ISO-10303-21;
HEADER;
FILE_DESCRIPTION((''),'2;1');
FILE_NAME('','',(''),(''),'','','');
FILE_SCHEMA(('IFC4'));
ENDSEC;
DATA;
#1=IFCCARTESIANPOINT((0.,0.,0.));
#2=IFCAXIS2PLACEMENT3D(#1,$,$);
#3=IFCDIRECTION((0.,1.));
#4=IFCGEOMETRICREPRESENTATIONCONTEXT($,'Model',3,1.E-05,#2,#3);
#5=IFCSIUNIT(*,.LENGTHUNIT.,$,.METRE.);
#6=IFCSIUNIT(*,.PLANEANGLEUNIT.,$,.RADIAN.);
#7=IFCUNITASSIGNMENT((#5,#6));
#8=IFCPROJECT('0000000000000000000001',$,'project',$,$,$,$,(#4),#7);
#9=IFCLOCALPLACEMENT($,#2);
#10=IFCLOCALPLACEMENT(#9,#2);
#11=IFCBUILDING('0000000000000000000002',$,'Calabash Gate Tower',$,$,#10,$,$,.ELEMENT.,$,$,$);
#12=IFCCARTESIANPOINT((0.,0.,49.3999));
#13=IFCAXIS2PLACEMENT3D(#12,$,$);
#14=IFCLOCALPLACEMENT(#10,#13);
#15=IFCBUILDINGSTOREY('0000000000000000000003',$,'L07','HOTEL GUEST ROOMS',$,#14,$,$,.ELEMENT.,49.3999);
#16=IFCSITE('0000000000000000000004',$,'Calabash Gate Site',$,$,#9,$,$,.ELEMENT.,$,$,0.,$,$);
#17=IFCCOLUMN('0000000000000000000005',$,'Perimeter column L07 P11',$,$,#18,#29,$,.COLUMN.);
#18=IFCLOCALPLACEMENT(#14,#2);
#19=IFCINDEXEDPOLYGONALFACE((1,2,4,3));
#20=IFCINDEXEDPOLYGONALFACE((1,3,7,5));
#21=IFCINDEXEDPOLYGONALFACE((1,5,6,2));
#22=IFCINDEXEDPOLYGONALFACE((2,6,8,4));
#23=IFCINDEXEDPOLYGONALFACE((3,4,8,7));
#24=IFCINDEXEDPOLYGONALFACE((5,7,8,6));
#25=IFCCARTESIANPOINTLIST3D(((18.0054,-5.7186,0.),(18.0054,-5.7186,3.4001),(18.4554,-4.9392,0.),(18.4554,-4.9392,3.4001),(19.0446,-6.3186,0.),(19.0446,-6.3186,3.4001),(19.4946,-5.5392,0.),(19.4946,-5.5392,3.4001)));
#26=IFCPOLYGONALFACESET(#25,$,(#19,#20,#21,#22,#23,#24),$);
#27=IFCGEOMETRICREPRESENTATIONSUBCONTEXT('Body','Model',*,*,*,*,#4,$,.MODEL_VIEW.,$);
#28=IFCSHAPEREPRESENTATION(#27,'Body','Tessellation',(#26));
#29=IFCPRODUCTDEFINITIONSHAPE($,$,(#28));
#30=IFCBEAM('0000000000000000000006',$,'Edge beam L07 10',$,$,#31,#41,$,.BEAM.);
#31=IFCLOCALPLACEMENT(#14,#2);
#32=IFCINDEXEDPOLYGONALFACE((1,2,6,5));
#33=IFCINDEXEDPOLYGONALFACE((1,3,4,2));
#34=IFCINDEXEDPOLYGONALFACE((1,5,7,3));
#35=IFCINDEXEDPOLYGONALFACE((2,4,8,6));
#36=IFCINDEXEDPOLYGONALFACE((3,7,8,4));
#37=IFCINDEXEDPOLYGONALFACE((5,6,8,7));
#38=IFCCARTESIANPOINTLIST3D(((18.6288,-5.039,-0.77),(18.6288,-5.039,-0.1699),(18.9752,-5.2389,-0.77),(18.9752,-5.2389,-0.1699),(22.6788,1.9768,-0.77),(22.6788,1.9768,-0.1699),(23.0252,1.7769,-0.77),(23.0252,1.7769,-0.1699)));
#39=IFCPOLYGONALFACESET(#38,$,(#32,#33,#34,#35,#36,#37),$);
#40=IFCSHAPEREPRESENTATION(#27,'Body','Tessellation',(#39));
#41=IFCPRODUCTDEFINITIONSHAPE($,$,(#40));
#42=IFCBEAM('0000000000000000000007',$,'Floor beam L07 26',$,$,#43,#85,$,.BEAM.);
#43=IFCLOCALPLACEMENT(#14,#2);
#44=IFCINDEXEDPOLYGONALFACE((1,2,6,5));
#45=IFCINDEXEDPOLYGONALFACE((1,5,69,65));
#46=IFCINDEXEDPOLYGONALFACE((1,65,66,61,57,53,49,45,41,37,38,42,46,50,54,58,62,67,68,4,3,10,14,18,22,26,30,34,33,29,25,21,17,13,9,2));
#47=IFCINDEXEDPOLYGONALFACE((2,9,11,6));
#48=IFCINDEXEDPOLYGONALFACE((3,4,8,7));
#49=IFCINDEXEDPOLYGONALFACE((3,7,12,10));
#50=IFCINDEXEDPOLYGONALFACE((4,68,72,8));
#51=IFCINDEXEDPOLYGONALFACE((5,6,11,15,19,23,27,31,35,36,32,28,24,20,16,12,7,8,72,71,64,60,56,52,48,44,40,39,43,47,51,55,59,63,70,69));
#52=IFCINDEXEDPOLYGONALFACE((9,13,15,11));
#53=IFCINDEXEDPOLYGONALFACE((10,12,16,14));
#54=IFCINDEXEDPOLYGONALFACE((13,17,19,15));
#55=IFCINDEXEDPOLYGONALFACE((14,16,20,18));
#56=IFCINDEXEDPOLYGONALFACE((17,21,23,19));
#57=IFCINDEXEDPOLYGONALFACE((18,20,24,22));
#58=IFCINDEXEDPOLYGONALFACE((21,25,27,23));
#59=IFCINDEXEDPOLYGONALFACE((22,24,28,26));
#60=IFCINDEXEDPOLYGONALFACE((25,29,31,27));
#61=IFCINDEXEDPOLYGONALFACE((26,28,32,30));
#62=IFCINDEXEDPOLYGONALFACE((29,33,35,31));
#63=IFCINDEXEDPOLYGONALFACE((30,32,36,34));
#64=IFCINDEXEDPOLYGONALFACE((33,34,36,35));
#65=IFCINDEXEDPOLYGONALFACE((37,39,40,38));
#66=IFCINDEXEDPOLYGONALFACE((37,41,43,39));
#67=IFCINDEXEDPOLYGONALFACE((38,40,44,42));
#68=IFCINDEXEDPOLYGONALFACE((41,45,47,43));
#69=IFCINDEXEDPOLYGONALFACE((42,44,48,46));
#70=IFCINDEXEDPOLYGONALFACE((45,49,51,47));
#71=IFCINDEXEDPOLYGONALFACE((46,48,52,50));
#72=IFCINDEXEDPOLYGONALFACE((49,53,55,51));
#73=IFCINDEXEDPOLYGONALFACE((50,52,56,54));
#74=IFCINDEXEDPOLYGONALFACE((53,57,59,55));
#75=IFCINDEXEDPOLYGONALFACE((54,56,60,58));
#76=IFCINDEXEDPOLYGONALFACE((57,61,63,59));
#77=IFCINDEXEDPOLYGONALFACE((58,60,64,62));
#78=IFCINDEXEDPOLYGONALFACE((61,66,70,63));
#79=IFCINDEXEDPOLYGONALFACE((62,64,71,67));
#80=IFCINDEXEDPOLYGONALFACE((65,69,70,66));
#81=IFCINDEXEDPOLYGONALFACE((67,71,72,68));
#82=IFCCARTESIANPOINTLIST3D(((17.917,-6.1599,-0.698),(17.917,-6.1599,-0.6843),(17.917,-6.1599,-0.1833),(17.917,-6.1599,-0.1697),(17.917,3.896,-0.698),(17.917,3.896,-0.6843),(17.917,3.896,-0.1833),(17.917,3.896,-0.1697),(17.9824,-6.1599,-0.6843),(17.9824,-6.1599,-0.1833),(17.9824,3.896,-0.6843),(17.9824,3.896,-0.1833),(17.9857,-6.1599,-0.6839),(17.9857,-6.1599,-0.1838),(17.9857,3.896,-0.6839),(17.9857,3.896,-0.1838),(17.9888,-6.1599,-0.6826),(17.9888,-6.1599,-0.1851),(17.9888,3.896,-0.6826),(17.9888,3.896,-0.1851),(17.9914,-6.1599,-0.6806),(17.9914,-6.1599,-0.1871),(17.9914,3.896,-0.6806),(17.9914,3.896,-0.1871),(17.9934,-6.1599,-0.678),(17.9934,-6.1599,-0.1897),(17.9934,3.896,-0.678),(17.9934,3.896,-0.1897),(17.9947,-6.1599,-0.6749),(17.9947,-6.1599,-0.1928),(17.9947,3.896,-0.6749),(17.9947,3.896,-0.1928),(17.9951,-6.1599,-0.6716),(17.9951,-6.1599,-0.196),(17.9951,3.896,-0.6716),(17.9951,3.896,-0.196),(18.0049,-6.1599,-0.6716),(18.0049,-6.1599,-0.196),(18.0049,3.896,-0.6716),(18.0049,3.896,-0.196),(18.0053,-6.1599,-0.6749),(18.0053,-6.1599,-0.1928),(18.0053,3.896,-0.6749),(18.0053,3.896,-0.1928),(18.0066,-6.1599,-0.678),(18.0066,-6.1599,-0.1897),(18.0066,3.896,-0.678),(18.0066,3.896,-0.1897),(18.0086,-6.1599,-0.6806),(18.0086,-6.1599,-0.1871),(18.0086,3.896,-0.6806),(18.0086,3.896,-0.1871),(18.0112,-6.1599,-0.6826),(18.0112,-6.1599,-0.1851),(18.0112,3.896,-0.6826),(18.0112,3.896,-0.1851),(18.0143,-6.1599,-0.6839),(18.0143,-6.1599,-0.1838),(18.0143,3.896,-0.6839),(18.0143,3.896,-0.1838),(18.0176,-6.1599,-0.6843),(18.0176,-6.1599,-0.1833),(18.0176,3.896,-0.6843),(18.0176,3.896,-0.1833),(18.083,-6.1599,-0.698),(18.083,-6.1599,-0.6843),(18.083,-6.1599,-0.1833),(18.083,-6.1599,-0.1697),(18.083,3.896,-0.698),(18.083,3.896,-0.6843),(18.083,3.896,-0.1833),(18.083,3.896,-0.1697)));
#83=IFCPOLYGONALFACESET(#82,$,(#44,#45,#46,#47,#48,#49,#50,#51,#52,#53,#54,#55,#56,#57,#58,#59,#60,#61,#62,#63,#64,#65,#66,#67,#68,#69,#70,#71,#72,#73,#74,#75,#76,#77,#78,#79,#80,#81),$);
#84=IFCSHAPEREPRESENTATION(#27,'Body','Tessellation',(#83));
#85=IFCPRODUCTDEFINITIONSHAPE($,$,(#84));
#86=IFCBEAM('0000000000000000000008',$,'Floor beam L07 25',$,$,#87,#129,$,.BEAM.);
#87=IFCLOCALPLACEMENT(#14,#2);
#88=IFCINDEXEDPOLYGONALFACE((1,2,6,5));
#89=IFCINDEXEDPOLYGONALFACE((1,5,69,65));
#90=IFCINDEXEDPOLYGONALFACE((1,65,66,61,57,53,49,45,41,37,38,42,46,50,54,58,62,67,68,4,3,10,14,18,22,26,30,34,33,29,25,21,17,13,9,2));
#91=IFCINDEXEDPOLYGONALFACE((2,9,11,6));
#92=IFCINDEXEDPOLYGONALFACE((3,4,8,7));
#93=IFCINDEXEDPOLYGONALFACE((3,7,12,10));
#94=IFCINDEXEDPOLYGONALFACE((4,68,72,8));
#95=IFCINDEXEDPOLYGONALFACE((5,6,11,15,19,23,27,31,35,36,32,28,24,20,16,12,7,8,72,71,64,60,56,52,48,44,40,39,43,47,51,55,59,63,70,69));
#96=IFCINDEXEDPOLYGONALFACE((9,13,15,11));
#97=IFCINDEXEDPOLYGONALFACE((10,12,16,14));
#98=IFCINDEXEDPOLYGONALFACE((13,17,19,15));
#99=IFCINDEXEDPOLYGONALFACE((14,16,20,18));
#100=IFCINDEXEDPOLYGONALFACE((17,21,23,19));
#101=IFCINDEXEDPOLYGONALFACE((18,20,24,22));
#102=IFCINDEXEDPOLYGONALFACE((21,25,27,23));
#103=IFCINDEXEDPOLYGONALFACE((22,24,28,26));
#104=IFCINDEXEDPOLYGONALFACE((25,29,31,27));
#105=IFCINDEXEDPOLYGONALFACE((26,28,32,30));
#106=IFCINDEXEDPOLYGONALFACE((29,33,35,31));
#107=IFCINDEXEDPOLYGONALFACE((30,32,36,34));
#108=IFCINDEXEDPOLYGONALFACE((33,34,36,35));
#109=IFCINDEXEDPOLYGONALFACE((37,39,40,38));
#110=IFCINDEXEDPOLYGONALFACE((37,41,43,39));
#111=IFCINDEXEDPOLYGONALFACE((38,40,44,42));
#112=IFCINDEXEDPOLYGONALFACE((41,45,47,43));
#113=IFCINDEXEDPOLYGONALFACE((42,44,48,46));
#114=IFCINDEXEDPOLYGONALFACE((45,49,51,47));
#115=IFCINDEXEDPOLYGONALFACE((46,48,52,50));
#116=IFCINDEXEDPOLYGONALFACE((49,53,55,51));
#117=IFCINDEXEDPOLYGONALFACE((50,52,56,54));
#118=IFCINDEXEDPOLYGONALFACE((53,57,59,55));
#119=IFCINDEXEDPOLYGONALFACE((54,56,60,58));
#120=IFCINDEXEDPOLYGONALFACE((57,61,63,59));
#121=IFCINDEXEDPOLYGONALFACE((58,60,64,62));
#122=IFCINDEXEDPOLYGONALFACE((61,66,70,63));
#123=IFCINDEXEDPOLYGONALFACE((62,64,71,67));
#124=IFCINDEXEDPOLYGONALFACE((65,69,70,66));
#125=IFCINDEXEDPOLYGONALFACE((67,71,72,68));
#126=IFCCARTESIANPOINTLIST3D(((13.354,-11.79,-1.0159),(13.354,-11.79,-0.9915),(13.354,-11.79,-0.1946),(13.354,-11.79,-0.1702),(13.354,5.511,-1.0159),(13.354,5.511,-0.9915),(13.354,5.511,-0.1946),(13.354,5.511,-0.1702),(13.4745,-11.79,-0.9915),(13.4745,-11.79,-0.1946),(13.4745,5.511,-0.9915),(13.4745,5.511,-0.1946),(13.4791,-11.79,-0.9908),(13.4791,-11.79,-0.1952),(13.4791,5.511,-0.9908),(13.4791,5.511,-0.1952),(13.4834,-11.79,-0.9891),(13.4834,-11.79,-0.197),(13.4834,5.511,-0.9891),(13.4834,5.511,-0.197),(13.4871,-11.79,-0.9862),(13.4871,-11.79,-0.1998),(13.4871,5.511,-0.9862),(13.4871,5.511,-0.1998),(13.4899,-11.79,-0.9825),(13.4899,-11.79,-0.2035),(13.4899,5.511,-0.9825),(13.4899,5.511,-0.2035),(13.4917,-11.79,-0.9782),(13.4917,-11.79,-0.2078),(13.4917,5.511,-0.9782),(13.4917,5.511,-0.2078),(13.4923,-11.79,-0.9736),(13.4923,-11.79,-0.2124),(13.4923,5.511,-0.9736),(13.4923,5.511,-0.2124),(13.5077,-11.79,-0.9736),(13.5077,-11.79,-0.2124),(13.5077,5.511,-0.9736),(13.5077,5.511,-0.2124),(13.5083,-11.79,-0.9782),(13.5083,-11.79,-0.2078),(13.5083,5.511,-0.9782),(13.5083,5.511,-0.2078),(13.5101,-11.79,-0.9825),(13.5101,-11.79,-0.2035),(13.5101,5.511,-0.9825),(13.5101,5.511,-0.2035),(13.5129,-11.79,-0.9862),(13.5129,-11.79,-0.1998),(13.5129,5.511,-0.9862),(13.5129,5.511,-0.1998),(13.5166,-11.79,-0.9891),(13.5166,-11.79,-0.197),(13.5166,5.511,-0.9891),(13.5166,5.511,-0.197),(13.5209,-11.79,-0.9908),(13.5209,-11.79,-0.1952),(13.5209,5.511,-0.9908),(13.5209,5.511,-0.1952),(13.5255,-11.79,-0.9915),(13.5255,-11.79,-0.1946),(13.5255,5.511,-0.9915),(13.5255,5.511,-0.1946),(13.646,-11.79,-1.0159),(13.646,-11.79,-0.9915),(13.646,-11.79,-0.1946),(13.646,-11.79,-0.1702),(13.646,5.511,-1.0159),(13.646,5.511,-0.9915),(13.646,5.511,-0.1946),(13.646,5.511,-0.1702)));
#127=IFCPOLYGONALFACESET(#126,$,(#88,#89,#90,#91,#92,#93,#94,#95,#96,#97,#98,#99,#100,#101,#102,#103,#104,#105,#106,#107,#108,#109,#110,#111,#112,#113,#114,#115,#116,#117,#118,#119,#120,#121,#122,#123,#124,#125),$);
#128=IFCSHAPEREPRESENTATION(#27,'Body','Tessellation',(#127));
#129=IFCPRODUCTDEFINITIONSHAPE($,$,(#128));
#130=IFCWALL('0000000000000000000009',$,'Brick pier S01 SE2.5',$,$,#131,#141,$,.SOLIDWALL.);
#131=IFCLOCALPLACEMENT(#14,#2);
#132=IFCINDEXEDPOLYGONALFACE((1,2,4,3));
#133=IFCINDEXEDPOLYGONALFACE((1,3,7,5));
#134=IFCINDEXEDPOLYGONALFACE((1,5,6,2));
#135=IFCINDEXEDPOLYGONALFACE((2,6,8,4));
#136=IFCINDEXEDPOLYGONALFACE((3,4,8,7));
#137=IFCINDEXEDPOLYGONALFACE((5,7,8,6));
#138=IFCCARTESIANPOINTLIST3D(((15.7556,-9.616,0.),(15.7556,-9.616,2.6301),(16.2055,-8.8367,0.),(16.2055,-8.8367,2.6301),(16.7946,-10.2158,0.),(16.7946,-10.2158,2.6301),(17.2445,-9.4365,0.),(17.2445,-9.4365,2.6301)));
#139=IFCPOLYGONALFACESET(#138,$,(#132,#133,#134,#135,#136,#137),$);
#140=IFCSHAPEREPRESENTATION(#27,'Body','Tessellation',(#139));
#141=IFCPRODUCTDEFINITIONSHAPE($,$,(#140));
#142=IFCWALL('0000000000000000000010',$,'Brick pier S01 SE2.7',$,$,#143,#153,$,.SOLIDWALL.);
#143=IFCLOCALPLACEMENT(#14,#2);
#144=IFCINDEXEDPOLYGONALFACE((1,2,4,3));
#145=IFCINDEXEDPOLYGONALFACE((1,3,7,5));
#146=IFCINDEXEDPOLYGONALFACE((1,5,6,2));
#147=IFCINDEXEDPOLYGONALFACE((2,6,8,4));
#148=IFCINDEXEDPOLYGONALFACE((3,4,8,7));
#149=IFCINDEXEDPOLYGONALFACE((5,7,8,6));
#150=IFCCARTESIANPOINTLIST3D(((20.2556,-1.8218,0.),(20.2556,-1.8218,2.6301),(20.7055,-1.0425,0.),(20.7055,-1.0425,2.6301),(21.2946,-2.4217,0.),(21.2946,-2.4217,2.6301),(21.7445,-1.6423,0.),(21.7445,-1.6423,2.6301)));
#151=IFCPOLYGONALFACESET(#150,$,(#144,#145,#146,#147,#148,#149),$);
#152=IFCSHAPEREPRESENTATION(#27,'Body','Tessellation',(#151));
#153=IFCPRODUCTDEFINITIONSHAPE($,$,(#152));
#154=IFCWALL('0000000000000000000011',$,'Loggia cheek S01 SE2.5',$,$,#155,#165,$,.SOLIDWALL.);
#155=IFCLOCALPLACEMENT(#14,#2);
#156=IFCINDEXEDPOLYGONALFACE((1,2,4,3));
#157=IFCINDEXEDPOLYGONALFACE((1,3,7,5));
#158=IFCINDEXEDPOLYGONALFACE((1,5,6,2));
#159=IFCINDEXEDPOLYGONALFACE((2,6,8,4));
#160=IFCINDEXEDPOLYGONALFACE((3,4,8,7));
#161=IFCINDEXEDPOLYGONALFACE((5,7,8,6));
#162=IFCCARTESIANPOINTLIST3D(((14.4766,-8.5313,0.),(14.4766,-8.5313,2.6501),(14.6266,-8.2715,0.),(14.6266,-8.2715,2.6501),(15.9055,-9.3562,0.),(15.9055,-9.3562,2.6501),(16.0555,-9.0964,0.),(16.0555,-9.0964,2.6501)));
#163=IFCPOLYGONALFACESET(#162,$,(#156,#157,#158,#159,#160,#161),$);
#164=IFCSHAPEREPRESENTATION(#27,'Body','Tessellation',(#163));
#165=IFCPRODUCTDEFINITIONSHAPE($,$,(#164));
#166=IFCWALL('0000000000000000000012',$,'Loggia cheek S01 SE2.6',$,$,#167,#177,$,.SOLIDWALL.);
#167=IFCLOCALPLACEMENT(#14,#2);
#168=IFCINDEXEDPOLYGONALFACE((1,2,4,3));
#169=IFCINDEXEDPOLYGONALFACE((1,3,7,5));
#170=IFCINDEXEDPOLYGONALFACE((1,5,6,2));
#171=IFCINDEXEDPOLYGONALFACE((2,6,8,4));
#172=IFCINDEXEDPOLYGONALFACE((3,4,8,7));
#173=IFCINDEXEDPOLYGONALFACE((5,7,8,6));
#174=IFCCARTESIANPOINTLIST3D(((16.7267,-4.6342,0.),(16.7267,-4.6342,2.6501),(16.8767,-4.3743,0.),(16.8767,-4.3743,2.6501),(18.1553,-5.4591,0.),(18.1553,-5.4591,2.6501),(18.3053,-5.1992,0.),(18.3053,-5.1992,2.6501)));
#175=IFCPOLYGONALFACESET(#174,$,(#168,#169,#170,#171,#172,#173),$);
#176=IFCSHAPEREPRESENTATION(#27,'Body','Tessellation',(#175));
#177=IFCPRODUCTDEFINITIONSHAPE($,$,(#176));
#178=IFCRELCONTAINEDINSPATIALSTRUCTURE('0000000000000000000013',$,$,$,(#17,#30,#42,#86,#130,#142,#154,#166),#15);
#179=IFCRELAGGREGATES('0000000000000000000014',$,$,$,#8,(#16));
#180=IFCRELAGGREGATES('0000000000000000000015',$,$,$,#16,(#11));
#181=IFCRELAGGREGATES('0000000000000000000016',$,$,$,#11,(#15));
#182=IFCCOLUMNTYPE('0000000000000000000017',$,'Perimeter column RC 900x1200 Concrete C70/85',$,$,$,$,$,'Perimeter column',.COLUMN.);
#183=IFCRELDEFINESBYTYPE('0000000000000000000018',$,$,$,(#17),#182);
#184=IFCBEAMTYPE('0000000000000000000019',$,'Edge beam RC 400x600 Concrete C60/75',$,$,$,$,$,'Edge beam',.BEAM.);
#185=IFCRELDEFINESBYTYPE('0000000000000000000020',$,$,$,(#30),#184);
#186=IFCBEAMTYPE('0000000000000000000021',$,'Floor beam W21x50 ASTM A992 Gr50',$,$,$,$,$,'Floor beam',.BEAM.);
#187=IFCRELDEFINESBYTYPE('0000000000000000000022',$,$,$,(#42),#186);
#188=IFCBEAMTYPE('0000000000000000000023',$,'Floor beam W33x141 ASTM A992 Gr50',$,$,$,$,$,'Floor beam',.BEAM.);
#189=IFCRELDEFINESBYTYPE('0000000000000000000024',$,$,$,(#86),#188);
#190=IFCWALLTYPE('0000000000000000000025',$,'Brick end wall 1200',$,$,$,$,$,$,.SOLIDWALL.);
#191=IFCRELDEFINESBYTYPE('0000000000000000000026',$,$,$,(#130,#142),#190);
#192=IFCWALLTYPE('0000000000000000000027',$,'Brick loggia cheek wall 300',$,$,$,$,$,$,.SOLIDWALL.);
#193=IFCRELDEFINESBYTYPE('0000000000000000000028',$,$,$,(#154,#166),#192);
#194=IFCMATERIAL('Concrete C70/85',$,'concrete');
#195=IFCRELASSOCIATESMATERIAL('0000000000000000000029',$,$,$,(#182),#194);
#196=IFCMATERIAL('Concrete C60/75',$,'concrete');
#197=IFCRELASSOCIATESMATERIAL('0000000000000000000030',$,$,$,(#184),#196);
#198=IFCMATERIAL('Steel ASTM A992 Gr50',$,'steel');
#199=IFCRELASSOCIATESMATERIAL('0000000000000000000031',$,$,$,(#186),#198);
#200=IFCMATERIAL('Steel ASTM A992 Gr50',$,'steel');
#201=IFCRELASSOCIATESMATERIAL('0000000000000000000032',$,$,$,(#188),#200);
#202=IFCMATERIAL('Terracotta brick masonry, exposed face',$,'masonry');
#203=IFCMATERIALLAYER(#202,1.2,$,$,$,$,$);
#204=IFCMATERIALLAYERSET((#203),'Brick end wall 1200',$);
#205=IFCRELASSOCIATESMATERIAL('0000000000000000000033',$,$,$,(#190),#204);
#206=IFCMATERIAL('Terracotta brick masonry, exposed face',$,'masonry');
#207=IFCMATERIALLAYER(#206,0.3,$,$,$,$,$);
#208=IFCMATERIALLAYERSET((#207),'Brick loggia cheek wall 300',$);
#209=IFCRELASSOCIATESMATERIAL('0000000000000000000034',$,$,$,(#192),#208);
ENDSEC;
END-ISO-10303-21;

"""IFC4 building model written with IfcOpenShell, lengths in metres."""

from ifc_helpers import new_model, si_unit, direction, frame, frame_2d, origin, origin_2d, place, context, subcontext, project, spatial, rectangle, i_section, extrude, material, layer, layer_set, material_profile, profile_set, type_object, element, save


model = new_model("IFC4")

# Units and contexts
model_context = context("Model", 3, precision=1e-05, world=origin(), true_north=direction((0.0, 1.0)))
body_context = subcontext(model_context, "Body", "Model", "MODEL_VIEW")
ifc_project = project(units=[si_unit("LENGTHUNIT", "METRE"), si_unit("PLANEANGLEUNIT", "RADIAN")], contexts=[model_context])

# Site, building, storey
site_placement = place(None, origin())
site = spatial("IfcSite", under=ifc_project, at=site_placement, Name="Calabash Gate Site", CompositionType="ELEMENT", RefElevation=0.0)
building_placement = place(site_placement, origin())
building = spatial("IfcBuilding", under=site, at=building_placement, Name="Calabash Gate Tower", CompositionType="ELEMENT")
storey_placement = place(building_placement, frame((0.0, 0.0, 49.3999)))
storey = spatial("IfcBuildingStorey", under=building, at=storey_placement, Name="L07", Description="HOTEL GUEST ROOMS", CompositionType="ELEMENT", Elevation=49.3999)

# Column
ifc_material_1 = material(Name="Concrete C70/85", Category="concrete")
ifc_material_profile_1 = material_profile(ifc_material_1, rectangle(XDim=0.8999, YDim=1.2, at=origin_2d()))
ifc_profile_set_1 = profile_set([ifc_material_profile_1], Name="Concrete C70/85")
column_type = type_object("IfcColumnType", Name="Perimeter column RC 900x1200 Concrete C70/85", ElementType="Perimeter column", PredefinedType="COLUMN", material=ifc_profile_set_1)
column_placement = place(storey_placement, frame((18.75, -5.6289, 0.0), z_axis=(0.0, 0.0, 1.0), x_axis=(0.5, 0.866025, 0.0)))
element("IfcColumn", 1, at=column_placement, inside=storey, type_object=column_type, Name="Perimeter column L07 P11", PredefinedType="COLUMN", context=body_context, shape_type="SweptSolid", body=[
    extrude(rectangle(XDim=0.8999, YDim=1.2, at=origin_2d()), origin(), (0.0, 0.0, 1.0), 3.4001),
])

# Beams
ifc_material_2 = material(Name="Concrete C60/75", Category="concrete")
ifc_material_profile_2 = material_profile(ifc_material_2, rectangle(XDim=0.3999, YDim=0.6001, at=origin_2d()))
ifc_profile_set_2 = profile_set([ifc_material_profile_2], Name="Concrete C60/75")
beam_type_1 = type_object("IfcBeamType", Name="Edge beam RC 400x600 Concrete C60/75", ElementType="Edge beam", PredefinedType="BEAM", material=ifc_profile_set_2)
beam_1_placement = place(storey_placement, frame((18.802, -5.1389, -0.47), z_axis=(0.499948, 0.866056, 0.0), x_axis=(-0.866056, 0.499948, 0.0)))
element("IfcBeam", 2, at=beam_1_placement, inside=storey, type_object=beam_type_1, Name="Edge beam L07 10", PredefinedType="BEAM", context=body_context, shape_type="SweptSolid", body=[
    extrude(rectangle(XDim=0.3999, YDim=0.6001, at=origin_2d()), origin(), (0.0, 0.0, 1.0), 8.1008),
])
ifc_material_3 = material(Name="Steel ASTM A992 Gr50", Category="steel")
ifc_material_profile_3 = material_profile(ifc_material_3, i_section(OverallWidth=0.166, OverallDepth=0.5283, WebThickness=0.0098, FlangeThickness=0.0137, FilletRadius=0.0127, at=origin_2d()))
ifc_profile_set_3 = profile_set([ifc_material_profile_3], Name="Steel ASTM A992 Gr50")
beam_type_2 = type_object("IfcBeamType", Name="Floor beam W21x50 ASTM A992 Gr50", ElementType="Floor beam", PredefinedType="BEAM", material=ifc_profile_set_3)
beam_2_placement = place(storey_placement, frame((18.0, -6.1599, -0.4338), z_axis=(0.0, 1.0, 0.0), x_axis=(-1.0, 0.0, 0.0)))
element("IfcBeam", 3, at=beam_2_placement, inside=storey, type_object=beam_type_2, Name="Floor beam L07 26", PredefinedType="BEAM", context=body_context, shape_type="SweptSolid", body=[
    extrude(i_section(OverallWidth=0.166, OverallDepth=0.5283, WebThickness=0.0098, FlangeThickness=0.0137, FilletRadius=0.0127, at=origin_2d()), origin(), (0.0, 0.0, 1.0), 10.0559),
])
ifc_material_4 = material(Name="Steel ASTM A992 Gr50", Category="steel")
ifc_material_profile_4 = material_profile(ifc_material_4, i_section(OverallWidth=0.292, OverallDepth=0.8457, WebThickness=0.0154, FlangeThickness=0.0244, FilletRadius=0.0178, at=origin_2d()))
ifc_profile_set_4 = profile_set([ifc_material_profile_4], Name="Steel ASTM A992 Gr50")
beam_type_3 = type_object("IfcBeamType", Name="Floor beam W33x141 ASTM A992 Gr50", ElementType="Floor beam", PredefinedType="BEAM", material=ifc_profile_set_4)
beam_3_placement = place(storey_placement, frame((13.5, -11.79, -0.593), z_axis=(0.0, 1.0, 0.0), x_axis=(-1.0, 0.0, 0.0)))
element("IfcBeam", 4, at=beam_3_placement, inside=storey, type_object=beam_type_3, Name="Floor beam L07 25", PredefinedType="BEAM", context=body_context, shape_type="SweptSolid", body=[
    extrude(i_section(OverallWidth=0.292, OverallDepth=0.8457, WebThickness=0.0154, FlangeThickness=0.0244, FilletRadius=0.0178, at=origin_2d()), origin(), (0.0, 0.0, 1.0), 17.301),
])

# Walls
ifc_material_5 = material(Name="Terracotta brick masonry, exposed face", Category="masonry")
ifc_layer_1 = layer(ifc_material_5, 1.2)
ifc_layer_set_1 = layer_set([ifc_layer_1], Name="Brick end wall 1200")
wall_type_1 = type_object("IfcWallType", Name="Brick end wall 1200", PredefinedType="SOLIDWALL", material=ifc_layer_set_1)
for number, where, z_axis, x_axis, name in (
    (5, (17.0195, -9.8262, 0.0), (0.0, 0.0, 1.0), (-0.866043, 0.499969, 0.0), "Brick pier S01 SE2.5"),
    (6, (21.5195, -2.032, 0.0), (0.0, 0.0, 1.0), (-0.866043, 0.499969, 0.0), "Brick pier S01 SE2.7"),
):
    element("IfcWall", number, at=place(storey_placement, frame(where, z_axis=z_axis, x_axis=x_axis)), inside=storey, type_object=wall_type_1, Name=name, PredefinedType="SOLIDWALL", context=body_context, shape_type="SweptSolid", body=[
        extrude(rectangle(XDim=1.1997, YDim=0.8999, at=frame_2d((0.5999, 0.0))), origin(), (0.0, 0.0, 1.0), 2.6301),
    ])
ifc_material_6 = material(Name="Terracotta brick masonry, exposed face", Category="masonry")
ifc_layer_2 = layer(ifc_material_6, 0.3)
ifc_layer_set_2 = layer_set([ifc_layer_2], Name="Brick loggia cheek wall 300")
wall_type_2 = type_object("IfcWallType", Name="Brick loggia cheek wall 300", PredefinedType="SOLIDWALL", material=ifc_layer_set_2)
wall_1_placement = place(storey_placement, frame((15.9805, -9.2263, 0.0), z_axis=(0.0, 0.0, 1.0), x_axis=(-0.86604, 0.499974, 0.0)))
element("IfcWall", 7, at=wall_1_placement, inside=storey, type_object=wall_type_2, Name="Loggia cheek S01 SE2.5", PredefinedType="SOLIDWALL", context=body_context, shape_type="SweptSolid", body=[
    extrude(rectangle(XDim=1.6499, YDim=0.3, at=frame_2d((0.825, 0.0))), origin(), (0.0, 0.0, 1.0), 2.6501),
])
wall_2_placement = place(storey_placement, frame((18.2302, -5.3291, 0.0), z_axis=(0.0, 0.0, 1.0), x_axis=(-0.866003, 0.500038, 0.0)))
element("IfcWall", 8, at=wall_2_placement, inside=storey, type_object=wall_type_2, Name="Loggia cheek S01 SE2.6", PredefinedType="SOLIDWALL", context=body_context, shape_type="SweptSolid", body=[
    extrude(rectangle(XDim=1.6497, YDim=0.3, at=frame_2d((0.8247, 0.0))), origin(), (0.0, 0.0, 1.0), 2.6501),
])

save(model, "model.ifc")
